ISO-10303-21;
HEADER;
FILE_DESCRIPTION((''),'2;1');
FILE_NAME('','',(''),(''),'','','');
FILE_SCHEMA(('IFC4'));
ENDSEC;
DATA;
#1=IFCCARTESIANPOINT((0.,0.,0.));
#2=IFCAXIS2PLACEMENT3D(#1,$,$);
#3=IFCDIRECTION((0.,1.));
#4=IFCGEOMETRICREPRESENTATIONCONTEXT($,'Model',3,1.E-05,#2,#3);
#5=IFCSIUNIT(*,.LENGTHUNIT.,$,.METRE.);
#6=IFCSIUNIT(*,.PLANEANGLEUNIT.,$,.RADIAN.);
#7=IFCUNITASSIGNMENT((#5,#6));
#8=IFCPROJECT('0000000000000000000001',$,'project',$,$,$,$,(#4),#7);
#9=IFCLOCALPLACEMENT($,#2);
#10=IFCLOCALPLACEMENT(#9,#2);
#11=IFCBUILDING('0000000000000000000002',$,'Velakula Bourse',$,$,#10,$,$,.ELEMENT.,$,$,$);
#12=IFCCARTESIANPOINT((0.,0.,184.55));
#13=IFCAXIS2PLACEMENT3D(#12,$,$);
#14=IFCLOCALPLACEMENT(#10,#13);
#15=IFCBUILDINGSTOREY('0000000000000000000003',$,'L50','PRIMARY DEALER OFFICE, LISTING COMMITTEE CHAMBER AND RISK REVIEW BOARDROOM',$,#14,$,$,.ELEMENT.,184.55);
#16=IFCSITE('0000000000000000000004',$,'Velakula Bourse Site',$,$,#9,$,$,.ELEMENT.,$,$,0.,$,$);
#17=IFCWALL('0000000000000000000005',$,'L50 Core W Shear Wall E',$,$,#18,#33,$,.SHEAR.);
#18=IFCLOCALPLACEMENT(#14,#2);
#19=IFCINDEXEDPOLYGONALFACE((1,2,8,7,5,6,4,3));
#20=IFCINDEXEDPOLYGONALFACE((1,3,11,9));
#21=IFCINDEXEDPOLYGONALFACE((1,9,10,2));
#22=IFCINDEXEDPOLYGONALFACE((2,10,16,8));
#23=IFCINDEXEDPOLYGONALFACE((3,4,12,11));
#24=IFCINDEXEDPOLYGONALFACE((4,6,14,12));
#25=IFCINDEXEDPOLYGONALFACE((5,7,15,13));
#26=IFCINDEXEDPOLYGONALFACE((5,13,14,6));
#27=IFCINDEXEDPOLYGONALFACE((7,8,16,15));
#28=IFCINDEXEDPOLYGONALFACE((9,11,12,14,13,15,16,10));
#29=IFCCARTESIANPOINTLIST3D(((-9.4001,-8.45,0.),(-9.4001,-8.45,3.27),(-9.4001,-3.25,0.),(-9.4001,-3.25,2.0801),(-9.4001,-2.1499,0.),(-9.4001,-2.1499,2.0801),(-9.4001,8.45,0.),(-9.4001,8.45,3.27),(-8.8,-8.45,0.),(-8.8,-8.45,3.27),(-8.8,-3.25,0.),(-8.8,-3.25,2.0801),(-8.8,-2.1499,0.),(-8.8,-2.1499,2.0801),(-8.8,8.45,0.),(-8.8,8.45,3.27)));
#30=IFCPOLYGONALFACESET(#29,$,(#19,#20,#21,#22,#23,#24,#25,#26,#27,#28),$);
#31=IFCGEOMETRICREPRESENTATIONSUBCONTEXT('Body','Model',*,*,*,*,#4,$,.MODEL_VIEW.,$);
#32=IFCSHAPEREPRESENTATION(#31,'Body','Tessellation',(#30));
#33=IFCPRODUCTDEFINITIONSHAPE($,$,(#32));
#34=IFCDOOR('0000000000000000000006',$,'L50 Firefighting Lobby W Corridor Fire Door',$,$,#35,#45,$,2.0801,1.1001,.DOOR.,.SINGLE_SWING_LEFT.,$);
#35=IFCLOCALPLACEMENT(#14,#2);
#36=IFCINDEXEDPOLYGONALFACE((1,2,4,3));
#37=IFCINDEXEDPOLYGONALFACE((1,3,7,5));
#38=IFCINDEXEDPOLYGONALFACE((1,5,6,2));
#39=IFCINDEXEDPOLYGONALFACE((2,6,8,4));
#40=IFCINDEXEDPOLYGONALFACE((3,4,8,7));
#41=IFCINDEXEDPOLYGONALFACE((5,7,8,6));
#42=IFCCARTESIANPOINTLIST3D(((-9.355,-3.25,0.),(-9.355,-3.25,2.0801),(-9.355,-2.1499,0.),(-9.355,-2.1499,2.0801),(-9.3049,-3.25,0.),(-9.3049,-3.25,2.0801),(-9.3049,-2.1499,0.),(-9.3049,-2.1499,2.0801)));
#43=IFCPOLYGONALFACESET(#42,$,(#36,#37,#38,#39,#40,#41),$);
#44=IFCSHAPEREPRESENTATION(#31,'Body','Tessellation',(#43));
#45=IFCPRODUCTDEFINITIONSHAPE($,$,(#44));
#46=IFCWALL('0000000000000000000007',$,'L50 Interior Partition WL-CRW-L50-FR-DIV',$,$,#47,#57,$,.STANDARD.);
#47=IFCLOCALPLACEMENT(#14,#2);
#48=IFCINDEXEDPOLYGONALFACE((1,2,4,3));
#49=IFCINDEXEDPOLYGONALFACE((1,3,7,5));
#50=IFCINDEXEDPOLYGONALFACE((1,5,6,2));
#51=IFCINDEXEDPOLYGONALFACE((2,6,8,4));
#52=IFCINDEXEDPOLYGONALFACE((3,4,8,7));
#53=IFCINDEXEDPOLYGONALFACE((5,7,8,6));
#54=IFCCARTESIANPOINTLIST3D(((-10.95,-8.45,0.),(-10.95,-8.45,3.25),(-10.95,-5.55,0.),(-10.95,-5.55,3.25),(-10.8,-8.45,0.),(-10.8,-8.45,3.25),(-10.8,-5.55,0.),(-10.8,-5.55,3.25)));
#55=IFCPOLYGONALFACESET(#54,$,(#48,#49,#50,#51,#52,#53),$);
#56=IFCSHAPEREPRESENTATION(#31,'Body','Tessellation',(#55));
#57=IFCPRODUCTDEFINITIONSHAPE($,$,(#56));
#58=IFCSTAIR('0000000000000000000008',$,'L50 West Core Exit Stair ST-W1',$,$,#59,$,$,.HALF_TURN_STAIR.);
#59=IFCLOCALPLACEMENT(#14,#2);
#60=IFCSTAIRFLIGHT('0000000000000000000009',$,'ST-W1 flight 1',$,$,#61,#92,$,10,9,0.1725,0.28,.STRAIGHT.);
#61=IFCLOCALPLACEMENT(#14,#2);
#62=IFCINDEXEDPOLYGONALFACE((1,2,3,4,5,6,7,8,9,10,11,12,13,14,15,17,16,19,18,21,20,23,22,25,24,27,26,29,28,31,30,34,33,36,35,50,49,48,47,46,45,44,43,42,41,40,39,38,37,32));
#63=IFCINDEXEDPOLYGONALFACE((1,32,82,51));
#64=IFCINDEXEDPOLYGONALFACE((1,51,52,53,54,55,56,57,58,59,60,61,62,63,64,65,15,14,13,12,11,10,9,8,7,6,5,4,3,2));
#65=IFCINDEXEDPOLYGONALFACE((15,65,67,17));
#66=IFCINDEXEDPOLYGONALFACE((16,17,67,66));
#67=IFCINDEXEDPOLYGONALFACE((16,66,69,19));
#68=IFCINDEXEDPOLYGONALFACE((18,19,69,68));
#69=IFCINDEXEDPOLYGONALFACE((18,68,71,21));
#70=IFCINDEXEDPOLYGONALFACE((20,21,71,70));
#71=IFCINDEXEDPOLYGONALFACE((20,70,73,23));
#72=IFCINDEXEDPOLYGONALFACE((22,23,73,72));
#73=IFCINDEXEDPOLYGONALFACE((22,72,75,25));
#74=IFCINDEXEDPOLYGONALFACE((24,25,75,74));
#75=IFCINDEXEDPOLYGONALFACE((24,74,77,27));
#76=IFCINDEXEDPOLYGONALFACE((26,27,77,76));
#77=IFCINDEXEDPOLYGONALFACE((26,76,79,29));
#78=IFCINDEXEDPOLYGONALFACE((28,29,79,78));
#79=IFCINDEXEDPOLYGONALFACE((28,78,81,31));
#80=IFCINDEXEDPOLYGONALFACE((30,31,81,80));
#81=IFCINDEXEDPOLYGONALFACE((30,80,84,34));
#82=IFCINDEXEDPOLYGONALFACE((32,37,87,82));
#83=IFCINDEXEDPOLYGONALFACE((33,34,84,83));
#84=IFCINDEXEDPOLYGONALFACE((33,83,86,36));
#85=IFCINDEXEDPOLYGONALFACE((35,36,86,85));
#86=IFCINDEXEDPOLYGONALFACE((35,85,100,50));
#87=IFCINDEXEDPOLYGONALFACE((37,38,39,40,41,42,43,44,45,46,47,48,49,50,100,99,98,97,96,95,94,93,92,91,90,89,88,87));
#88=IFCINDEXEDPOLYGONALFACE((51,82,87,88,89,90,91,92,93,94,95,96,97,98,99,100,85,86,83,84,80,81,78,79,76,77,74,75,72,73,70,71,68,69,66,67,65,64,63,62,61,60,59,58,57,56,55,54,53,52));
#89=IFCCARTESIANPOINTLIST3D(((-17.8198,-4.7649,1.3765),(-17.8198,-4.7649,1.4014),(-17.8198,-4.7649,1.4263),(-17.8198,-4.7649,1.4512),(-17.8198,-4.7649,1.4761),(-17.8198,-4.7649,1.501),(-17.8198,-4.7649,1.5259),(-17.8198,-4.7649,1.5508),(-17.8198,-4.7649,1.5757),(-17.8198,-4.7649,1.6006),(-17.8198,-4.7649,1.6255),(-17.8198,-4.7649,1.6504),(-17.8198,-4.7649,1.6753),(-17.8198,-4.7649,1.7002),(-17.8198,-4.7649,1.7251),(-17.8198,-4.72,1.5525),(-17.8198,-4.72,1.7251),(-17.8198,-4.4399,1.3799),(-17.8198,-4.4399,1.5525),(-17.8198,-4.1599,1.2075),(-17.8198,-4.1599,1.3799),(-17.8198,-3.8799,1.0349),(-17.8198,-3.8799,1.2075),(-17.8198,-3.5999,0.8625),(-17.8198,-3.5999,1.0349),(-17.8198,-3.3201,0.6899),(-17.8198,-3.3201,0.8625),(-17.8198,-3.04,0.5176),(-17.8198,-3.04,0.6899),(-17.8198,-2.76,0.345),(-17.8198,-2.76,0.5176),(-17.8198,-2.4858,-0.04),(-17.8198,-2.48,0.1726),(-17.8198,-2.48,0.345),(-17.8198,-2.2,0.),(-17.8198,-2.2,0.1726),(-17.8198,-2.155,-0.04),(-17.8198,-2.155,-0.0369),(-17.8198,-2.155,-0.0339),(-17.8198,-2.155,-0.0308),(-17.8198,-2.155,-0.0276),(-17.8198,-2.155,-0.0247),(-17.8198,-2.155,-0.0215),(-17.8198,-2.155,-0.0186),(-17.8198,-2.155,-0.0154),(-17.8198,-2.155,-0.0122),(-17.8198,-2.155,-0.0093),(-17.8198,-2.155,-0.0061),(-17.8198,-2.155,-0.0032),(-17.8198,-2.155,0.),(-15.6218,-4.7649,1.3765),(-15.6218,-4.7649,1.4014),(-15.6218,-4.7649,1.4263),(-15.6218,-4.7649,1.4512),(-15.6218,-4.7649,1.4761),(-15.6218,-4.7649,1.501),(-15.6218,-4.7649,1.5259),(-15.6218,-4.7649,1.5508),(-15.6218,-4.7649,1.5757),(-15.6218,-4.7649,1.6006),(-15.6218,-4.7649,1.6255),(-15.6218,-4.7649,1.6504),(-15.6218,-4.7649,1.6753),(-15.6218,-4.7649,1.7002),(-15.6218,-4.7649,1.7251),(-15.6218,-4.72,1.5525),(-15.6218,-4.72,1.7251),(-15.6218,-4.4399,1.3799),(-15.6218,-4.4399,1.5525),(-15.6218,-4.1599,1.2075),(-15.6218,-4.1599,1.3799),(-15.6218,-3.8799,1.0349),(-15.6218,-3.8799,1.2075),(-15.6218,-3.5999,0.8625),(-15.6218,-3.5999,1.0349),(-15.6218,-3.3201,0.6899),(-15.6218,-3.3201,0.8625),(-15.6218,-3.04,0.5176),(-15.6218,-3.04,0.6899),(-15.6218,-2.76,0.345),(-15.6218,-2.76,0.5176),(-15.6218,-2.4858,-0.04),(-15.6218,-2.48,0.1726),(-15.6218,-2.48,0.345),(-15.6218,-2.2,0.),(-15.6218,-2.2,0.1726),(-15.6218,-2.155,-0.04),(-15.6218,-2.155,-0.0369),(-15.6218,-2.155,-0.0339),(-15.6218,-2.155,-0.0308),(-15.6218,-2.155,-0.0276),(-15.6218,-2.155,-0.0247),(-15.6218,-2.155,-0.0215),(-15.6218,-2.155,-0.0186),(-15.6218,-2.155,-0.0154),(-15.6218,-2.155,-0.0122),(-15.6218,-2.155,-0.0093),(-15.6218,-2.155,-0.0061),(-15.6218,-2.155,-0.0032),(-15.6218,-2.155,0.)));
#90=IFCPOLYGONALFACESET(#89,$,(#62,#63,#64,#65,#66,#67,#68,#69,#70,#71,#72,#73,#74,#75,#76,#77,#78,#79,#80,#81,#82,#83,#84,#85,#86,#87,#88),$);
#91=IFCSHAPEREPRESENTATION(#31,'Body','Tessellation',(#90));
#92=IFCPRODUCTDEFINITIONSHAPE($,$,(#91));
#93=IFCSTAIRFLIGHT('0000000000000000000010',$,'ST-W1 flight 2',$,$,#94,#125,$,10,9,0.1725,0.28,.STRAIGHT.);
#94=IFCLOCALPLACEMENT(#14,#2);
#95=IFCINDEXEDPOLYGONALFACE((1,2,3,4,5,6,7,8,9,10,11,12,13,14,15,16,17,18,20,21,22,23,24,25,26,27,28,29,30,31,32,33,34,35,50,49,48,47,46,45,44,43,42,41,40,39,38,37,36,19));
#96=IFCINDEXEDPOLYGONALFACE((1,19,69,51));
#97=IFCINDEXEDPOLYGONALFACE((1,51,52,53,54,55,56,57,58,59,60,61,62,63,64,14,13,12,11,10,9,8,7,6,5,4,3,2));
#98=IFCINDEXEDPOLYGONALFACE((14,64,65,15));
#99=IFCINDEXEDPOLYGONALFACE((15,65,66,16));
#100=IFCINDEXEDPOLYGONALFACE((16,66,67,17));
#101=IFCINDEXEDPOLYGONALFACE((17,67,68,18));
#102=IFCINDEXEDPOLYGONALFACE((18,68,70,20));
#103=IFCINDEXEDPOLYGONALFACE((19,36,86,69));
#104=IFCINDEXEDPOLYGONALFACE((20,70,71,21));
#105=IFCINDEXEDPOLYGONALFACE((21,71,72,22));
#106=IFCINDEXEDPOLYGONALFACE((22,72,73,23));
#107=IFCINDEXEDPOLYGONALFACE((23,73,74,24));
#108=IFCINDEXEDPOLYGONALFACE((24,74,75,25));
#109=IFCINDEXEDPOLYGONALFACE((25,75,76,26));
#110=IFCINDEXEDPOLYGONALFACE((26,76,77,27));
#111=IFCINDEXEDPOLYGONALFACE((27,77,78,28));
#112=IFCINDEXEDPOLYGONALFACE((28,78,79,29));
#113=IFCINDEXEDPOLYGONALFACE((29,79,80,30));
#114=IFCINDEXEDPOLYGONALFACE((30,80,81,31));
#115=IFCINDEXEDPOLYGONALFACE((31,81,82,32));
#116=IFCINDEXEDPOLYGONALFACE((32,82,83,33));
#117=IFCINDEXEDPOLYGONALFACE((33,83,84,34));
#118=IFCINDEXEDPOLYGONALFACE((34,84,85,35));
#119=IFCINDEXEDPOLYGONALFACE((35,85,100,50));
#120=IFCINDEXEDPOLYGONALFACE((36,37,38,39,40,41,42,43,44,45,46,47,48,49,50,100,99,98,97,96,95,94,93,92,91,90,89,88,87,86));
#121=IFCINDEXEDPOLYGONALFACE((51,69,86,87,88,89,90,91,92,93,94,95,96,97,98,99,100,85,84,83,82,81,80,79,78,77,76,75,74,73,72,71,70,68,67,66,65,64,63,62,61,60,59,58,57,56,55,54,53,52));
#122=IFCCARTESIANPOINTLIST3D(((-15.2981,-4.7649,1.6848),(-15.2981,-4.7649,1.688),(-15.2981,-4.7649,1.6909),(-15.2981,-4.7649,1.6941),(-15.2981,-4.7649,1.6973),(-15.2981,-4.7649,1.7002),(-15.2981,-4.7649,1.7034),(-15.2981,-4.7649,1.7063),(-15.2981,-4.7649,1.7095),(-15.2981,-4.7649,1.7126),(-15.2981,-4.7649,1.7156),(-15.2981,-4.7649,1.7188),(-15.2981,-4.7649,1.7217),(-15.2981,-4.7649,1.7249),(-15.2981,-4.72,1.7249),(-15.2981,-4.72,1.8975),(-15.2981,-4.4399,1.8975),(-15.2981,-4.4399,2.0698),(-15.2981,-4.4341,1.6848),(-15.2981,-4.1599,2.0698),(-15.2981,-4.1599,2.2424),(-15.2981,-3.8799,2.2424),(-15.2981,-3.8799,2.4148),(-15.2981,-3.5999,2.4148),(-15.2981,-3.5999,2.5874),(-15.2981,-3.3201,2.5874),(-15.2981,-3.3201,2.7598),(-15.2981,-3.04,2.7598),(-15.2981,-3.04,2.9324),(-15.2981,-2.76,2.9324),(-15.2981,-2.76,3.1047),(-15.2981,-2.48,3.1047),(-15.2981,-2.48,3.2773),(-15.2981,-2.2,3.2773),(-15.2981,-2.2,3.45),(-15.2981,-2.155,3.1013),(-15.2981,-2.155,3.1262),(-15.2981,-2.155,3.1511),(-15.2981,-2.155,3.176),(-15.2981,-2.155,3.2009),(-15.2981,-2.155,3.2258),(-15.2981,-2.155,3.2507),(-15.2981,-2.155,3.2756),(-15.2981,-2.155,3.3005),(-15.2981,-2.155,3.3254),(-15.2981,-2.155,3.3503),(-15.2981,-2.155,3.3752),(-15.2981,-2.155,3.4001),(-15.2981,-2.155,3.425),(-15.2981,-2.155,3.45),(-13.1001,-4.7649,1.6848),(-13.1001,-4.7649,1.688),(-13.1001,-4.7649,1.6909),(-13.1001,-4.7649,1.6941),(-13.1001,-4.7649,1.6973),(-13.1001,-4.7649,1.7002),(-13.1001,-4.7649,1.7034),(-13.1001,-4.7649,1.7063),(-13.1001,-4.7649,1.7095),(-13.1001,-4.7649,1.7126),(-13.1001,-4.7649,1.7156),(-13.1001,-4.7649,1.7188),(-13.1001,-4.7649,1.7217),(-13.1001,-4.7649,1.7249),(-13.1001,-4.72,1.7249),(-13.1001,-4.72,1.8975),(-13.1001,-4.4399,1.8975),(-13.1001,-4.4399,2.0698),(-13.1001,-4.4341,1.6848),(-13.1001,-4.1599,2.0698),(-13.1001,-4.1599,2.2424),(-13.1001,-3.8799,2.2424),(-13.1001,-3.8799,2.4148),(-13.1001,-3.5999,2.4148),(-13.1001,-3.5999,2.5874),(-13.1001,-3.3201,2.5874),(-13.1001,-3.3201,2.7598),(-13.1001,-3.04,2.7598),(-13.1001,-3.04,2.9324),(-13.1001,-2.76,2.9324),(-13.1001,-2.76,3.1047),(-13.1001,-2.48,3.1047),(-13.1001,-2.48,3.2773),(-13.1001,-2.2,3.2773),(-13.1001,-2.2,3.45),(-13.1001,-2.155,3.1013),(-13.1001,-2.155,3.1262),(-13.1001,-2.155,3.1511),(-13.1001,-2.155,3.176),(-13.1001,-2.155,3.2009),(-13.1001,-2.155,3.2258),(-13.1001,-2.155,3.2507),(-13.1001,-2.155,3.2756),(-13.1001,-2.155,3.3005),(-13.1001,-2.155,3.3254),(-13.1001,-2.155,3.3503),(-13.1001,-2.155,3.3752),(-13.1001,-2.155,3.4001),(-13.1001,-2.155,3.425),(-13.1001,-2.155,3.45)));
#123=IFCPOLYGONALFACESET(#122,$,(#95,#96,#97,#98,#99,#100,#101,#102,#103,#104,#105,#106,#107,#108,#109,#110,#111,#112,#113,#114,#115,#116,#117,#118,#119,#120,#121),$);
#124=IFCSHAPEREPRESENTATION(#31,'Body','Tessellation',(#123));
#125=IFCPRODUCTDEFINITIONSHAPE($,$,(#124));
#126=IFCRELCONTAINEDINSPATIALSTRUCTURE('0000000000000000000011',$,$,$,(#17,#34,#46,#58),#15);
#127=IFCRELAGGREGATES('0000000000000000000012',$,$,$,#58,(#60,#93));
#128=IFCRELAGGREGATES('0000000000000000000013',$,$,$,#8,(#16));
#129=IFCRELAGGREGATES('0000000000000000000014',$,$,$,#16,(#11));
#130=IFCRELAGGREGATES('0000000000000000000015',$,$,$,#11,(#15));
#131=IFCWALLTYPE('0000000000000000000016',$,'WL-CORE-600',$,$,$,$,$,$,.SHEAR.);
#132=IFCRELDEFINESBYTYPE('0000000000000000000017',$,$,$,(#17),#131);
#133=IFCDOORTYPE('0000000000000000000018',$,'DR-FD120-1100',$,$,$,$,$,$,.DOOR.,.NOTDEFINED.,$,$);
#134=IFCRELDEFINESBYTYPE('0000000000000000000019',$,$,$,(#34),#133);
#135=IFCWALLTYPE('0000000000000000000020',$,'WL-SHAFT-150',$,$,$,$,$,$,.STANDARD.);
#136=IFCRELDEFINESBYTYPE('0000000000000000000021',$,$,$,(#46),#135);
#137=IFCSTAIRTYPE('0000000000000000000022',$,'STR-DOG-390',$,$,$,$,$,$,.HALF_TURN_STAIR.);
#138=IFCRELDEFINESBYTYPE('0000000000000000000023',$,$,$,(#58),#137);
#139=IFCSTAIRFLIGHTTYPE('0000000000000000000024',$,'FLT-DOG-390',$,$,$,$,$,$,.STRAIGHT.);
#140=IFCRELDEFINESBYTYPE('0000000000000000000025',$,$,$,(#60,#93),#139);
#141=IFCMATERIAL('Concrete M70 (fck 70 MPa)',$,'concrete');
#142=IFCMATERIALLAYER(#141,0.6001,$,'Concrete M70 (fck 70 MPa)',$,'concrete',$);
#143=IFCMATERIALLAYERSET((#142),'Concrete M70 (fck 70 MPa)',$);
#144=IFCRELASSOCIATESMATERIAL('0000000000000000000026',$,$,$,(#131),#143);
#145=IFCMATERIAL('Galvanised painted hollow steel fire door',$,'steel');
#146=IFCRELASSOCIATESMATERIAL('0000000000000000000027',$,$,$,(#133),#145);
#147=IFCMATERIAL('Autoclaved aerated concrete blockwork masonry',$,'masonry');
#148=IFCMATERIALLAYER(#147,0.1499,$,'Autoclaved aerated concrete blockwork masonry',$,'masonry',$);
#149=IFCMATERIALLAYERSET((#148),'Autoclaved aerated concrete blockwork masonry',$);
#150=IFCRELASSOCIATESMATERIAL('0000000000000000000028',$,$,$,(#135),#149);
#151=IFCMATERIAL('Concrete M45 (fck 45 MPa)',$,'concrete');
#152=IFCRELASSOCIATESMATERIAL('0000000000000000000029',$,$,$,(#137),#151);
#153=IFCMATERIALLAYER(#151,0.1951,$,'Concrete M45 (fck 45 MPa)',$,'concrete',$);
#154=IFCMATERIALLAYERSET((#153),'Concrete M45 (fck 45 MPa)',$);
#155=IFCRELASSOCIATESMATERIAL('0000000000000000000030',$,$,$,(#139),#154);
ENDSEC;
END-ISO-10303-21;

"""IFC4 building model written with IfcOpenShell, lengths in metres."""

from ifc_helpers import new_model, si_unit, direction, frame, frame_2d, origin, place, context, subcontext, project, spatial, polyline, rectangle, outline, extrude, material, layer, layer_set, type_object, element, fill, aggregate, save


model = new_model("IFC4")

# Units and contexts
model_context = context("Model", 3, precision=1e-05, world=origin(), true_north=direction((0.0, 1.0)))
body_context = subcontext(model_context, "Body", "Model", "MODEL_VIEW")
ifc_project = project(units=[si_unit("LENGTHUNIT", "METRE"), si_unit("PLANEANGLEUNIT", "RADIAN")], contexts=[model_context])

# Site, building, storey
site_placement = place(None, origin())
site = spatial("IfcSite", under=ifc_project, at=site_placement, Name="Velakula Bourse Site", CompositionType="ELEMENT", RefElevation=0.0)
building_placement = place(site_placement, origin())
building = spatial("IfcBuilding", under=site, at=building_placement, Name="Velakula Bourse", CompositionType="ELEMENT")
storey_placement = place(building_placement, frame((0.0, 0.0, 184.55)))
storey = spatial("IfcBuildingStorey", under=building, at=storey_placement, Name="L50", Description="PRIMARY DEALER OFFICE, LISTING COMMITTEE CHAMBER AND RISK REVIEW BOARDROOM", CompositionType="ELEMENT", Elevation=184.55)

# Shared definitions
ifc_material_1 = material(Name="Galvanised painted hollow steel fire door", Category="steel")

# Wall, opening, door
ifc_material_2 = material(Name="Concrete M70 (fck 70 MPa)", Category="concrete")
ifc_layer_1 = layer(ifc_material_2, 0.6001, Name="Concrete M70 (fck 70 MPa)", Category="concrete")
ifc_layer_set_1 = layer_set([ifc_layer_1], Name="Concrete M70 (fck 70 MPa)")
wall_type_1 = type_object("IfcWallType", Name="WL-CORE-600", PredefinedType="SHEAR", material=ifc_layer_set_1)
wall_1_placement = place(storey_placement, frame((-9.1001, -8.45, 0.0), z_axis=(0.0, 0.0, 1.0), x_axis=(0.0, 1.0, 0.0)))
wall_1 = element("IfcWall", 1, at=wall_1_placement, inside=storey, type_object=wall_type_1, Name="L50 Core W Shear Wall E", PredefinedType="SHEAR", context=body_context, shape_type="SweptSolid", body=[
    extrude(rectangle(XDim=16.8999, YDim=0.6001, at=frame_2d((8.45, 0.0))), origin(), (0.0, 0.0, 1.0), 3.27),
])
opening_1_placement = place(wall_1_placement, frame((5.2, 0.0, 0.0)))
opening_1 = element("IfcOpeningElement", 2, at=opening_1_placement, cuts=wall_1, PredefinedType="OPENING", context=body_context, shape_type="SweptSolid", body=[
    extrude(rectangle(XDim=1.1001, YDim=2.0801, at=frame_2d((0.55, 1.04))), frame((0.0, 0.3101, 0.0), z_axis=(0.0, -1.0, 0.0), x_axis=(1.0, 0.0, 0.0)), (0.0, 0.0, 1.0), 0.6201),
])
door_type_1 = type_object("IfcDoorType", Name="DR-FD120-1100", OperationType="NOTDEFINED", PredefinedType="DOOR", material=ifc_material_1)
door_1_placement = place(opening_1_placement, origin())
door_1 = element("IfcDoor", 3, at=door_1_placement, inside=storey, type_object=door_type_1, Name="L50 Firefighting Lobby W Corridor Fire Door", OperationType="SINGLE_SWING_LEFT", OverallHeight=2.0801, OverallWidth=1.1001, PredefinedType="DOOR", context=body_context, shape_type="SweptSolid", body=[
    extrude(rectangle(XDim=1.1001, YDim=2.0801, at=frame_2d((0.55, 1.04))), frame((0.0, 0.2549, 0.0), z_axis=(0.0, -1.0, 0.0), x_axis=(1.0, 0.0, 0.0)), (0.0, 0.0, 1.0), 0.05),
])
fill(opening_1, door_1)

# Shared definitions
ifc_material_3 = material(Name="Autoclaved aerated concrete blockwork masonry", Category="masonry")
ifc_layer_2 = layer(ifc_material_3, 0.1499, Name="Autoclaved aerated concrete blockwork masonry", Category="masonry")
ifc_layer_set_2 = layer_set([ifc_layer_2], Name="Autoclaved aerated concrete blockwork masonry")
wall_type_2 = type_object("IfcWallType", Name="WL-SHAFT-150", PredefinedType="STANDARD", material=ifc_layer_set_2)

# Wall
wall_2_placement = place(storey_placement, frame((-10.875, -8.45, 0.0), z_axis=(0.0, 0.0, 1.0), x_axis=(0.0, 1.0, 0.0)))
element("IfcWall", 4, at=wall_2_placement, inside=storey, type_object=wall_type_2, Name="L50 Interior Partition WL-CRW-L50-FR-DIV", PredefinedType="STANDARD", context=body_context, shape_type="SweptSolid", body=[
    extrude(rectangle(XDim=2.8999, YDim=0.1499, at=frame_2d((1.45, 0.0))), origin(), (0.0, 0.0, 1.0), 3.25),
])

# Stair, stair flights
ifc_material_4 = material(Name="Concrete M45 (fck 45 MPa)", Category="concrete")
stair_type = type_object("IfcStairType", Name="STR-DOG-390", PredefinedType="HALF_TURN_STAIR", material=ifc_material_4)
stair_placement = place(storey_placement, origin())
stair = element("IfcStair", 5, at=stair_placement, inside=storey, type_object=stair_type, Name="L50 West Core Exit Stair ST-W1", PredefinedType="HALF_TURN_STAIR")
ifc_layer_3 = layer(ifc_material_4, 0.1951, Name="Concrete M45 (fck 45 MPa)", Category="concrete")
ifc_layer_set_3 = layer_set([ifc_layer_3], Name="Concrete M45 (fck 45 MPa)")
stair_flight_type = type_object("IfcStairFlightType", Name="FLT-DOG-390", PredefinedType="STRAIGHT", material=ifc_layer_set_3)
stair_flight_1_placement = place(storey_placement, frame((-16.7209, -2.2, 0.0), z_axis=(0.0, 0.0, 1.0), x_axis=(0.0, -1.0, 0.0)))
stair_flight_1 = element("IfcStairFlight", 6, at=stair_flight_1_placement, type_object=stair_flight_type, Name="ST-W1 flight 1", NumberOfRisers=10, NumberOfTreads=9, PredefinedType="STRAIGHT", RiserHeight=0.1725, TreadLength=0.28, context=body_context, shape_type="SweptSolid", body=[
    extrude(outline(polyline([(-0.0449, -0.04), (-0.0449, -0.0369), (-0.0449, -0.0339), (-0.0449, -0.0308), (-0.0449, -0.0276), (-0.0449, -0.0247), (-0.0449, -0.0215), (-0.0449, -0.0186), (-0.0449, -0.0154), (-0.0449, -0.0122), (-0.0449, -0.0093), (-0.0449, -0.0061), (-0.0449, -0.0032), (-0.0449, 0.0), (0.0, 0.0), (0.0, 0.1726), (0.28, 0.1726), (0.28, 0.345), (0.5601, 0.345), (0.5601, 0.5176), (0.8401, 0.5176), (0.8401, 0.6899), (1.1201, 0.6899), (1.1201, 0.8625), (1.3999, 0.8625), (1.3999, 1.0349), (1.6799, 1.0349), (1.6799, 1.2075), (1.96, 1.2075), (1.96, 1.3799), (2.24, 1.3799), (2.24, 1.5525), (2.52, 1.5525), (2.52, 1.7251), (2.5649, 1.7251), (2.5649, 1.7002), (2.5649, 1.6753), (2.5649, 1.6504), (2.5649, 1.6255), (2.5649, 1.6006), (2.5649, 1.5757), (2.5649, 1.5508), (2.5649, 1.5259), (2.5649, 1.501), (2.5649, 1.4761), (2.5649, 1.4512), (2.5649, 1.4263), (2.5649, 1.4014), (2.5649, 1.3765), (0.2859, -0.04), (-0.0449, -0.04)])), frame((0.0, 1.0991, 0.0), z_axis=(0.0, -1.0, 0.0), x_axis=(1.0, 0.0, 0.0)), (0.0, 0.0, 1.0), 2.198),
])
stair_flight_2_placement = place(storey_placement, frame((-14.199, -4.72, 1.7249), z_axis=(0.0, 0.0, 1.0), x_axis=(0.0, 1.0, 0.0)))
stair_flight_2 = element("IfcStairFlight", 7, at=stair_flight_2_placement, type_object=stair_flight_type, Name="ST-W1 flight 2", NumberOfRisers=10, NumberOfTreads=9, PredefinedType="STRAIGHT", RiserHeight=0.1725, TreadLength=0.28, context=body_context, shape_type="SweptSolid", body=[
    extrude(outline(polyline([(-0.0449, -0.04), (-0.0449, -0.0369), (-0.0449, -0.0339), (-0.0449, -0.0308), (-0.0449, -0.0276), (-0.0449, -0.0247), (-0.0449, -0.0215), (-0.0449, -0.0186), (-0.0449, -0.0154), (-0.0449, -0.0122), (-0.0449, -0.0093), (-0.0449, -0.0061), (-0.0449, -0.0032), (-0.0449, 0.0), (0.0, 0.0), (0.0, 0.1726), (0.28, 0.1726), (0.28, 0.345), (0.5601, 0.345), (0.5601, 0.5176), (0.8401, 0.5176), (0.8401, 0.6899), (1.1201, 0.6899), (1.1201, 0.8625), (1.3999, 0.8625), (1.3999, 1.0349), (1.6799, 1.0349), (1.6799, 1.2075), (1.96, 1.2075), (1.96, 1.3799), (2.24, 1.3799), (2.24, 1.5525), (2.52, 1.5525), (2.52, 1.7251), (2.5649, 1.7251), (2.5649, 1.7002), (2.5649, 1.6753), (2.5649, 1.6504), (2.5649, 1.6255), (2.5649, 1.6006), (2.5649, 1.5757), (2.5649, 1.5508), (2.5649, 1.5259), (2.5649, 1.501), (2.5649, 1.4761), (2.5649, 1.4512), (2.5649, 1.4263), (2.5649, 1.4014), (2.5649, 1.3765), (0.2859, -0.04), (-0.0449, -0.04)])), frame((0.0, 1.0991, 0.0), z_axis=(0.0, -1.0, 0.0), x_axis=(1.0, 0.0, 0.0)), (0.0, 0.0, 1.0), 2.198),
])
aggregate(stair, [stair_flight_1, stair_flight_2])

save(model, "model.ifc")
